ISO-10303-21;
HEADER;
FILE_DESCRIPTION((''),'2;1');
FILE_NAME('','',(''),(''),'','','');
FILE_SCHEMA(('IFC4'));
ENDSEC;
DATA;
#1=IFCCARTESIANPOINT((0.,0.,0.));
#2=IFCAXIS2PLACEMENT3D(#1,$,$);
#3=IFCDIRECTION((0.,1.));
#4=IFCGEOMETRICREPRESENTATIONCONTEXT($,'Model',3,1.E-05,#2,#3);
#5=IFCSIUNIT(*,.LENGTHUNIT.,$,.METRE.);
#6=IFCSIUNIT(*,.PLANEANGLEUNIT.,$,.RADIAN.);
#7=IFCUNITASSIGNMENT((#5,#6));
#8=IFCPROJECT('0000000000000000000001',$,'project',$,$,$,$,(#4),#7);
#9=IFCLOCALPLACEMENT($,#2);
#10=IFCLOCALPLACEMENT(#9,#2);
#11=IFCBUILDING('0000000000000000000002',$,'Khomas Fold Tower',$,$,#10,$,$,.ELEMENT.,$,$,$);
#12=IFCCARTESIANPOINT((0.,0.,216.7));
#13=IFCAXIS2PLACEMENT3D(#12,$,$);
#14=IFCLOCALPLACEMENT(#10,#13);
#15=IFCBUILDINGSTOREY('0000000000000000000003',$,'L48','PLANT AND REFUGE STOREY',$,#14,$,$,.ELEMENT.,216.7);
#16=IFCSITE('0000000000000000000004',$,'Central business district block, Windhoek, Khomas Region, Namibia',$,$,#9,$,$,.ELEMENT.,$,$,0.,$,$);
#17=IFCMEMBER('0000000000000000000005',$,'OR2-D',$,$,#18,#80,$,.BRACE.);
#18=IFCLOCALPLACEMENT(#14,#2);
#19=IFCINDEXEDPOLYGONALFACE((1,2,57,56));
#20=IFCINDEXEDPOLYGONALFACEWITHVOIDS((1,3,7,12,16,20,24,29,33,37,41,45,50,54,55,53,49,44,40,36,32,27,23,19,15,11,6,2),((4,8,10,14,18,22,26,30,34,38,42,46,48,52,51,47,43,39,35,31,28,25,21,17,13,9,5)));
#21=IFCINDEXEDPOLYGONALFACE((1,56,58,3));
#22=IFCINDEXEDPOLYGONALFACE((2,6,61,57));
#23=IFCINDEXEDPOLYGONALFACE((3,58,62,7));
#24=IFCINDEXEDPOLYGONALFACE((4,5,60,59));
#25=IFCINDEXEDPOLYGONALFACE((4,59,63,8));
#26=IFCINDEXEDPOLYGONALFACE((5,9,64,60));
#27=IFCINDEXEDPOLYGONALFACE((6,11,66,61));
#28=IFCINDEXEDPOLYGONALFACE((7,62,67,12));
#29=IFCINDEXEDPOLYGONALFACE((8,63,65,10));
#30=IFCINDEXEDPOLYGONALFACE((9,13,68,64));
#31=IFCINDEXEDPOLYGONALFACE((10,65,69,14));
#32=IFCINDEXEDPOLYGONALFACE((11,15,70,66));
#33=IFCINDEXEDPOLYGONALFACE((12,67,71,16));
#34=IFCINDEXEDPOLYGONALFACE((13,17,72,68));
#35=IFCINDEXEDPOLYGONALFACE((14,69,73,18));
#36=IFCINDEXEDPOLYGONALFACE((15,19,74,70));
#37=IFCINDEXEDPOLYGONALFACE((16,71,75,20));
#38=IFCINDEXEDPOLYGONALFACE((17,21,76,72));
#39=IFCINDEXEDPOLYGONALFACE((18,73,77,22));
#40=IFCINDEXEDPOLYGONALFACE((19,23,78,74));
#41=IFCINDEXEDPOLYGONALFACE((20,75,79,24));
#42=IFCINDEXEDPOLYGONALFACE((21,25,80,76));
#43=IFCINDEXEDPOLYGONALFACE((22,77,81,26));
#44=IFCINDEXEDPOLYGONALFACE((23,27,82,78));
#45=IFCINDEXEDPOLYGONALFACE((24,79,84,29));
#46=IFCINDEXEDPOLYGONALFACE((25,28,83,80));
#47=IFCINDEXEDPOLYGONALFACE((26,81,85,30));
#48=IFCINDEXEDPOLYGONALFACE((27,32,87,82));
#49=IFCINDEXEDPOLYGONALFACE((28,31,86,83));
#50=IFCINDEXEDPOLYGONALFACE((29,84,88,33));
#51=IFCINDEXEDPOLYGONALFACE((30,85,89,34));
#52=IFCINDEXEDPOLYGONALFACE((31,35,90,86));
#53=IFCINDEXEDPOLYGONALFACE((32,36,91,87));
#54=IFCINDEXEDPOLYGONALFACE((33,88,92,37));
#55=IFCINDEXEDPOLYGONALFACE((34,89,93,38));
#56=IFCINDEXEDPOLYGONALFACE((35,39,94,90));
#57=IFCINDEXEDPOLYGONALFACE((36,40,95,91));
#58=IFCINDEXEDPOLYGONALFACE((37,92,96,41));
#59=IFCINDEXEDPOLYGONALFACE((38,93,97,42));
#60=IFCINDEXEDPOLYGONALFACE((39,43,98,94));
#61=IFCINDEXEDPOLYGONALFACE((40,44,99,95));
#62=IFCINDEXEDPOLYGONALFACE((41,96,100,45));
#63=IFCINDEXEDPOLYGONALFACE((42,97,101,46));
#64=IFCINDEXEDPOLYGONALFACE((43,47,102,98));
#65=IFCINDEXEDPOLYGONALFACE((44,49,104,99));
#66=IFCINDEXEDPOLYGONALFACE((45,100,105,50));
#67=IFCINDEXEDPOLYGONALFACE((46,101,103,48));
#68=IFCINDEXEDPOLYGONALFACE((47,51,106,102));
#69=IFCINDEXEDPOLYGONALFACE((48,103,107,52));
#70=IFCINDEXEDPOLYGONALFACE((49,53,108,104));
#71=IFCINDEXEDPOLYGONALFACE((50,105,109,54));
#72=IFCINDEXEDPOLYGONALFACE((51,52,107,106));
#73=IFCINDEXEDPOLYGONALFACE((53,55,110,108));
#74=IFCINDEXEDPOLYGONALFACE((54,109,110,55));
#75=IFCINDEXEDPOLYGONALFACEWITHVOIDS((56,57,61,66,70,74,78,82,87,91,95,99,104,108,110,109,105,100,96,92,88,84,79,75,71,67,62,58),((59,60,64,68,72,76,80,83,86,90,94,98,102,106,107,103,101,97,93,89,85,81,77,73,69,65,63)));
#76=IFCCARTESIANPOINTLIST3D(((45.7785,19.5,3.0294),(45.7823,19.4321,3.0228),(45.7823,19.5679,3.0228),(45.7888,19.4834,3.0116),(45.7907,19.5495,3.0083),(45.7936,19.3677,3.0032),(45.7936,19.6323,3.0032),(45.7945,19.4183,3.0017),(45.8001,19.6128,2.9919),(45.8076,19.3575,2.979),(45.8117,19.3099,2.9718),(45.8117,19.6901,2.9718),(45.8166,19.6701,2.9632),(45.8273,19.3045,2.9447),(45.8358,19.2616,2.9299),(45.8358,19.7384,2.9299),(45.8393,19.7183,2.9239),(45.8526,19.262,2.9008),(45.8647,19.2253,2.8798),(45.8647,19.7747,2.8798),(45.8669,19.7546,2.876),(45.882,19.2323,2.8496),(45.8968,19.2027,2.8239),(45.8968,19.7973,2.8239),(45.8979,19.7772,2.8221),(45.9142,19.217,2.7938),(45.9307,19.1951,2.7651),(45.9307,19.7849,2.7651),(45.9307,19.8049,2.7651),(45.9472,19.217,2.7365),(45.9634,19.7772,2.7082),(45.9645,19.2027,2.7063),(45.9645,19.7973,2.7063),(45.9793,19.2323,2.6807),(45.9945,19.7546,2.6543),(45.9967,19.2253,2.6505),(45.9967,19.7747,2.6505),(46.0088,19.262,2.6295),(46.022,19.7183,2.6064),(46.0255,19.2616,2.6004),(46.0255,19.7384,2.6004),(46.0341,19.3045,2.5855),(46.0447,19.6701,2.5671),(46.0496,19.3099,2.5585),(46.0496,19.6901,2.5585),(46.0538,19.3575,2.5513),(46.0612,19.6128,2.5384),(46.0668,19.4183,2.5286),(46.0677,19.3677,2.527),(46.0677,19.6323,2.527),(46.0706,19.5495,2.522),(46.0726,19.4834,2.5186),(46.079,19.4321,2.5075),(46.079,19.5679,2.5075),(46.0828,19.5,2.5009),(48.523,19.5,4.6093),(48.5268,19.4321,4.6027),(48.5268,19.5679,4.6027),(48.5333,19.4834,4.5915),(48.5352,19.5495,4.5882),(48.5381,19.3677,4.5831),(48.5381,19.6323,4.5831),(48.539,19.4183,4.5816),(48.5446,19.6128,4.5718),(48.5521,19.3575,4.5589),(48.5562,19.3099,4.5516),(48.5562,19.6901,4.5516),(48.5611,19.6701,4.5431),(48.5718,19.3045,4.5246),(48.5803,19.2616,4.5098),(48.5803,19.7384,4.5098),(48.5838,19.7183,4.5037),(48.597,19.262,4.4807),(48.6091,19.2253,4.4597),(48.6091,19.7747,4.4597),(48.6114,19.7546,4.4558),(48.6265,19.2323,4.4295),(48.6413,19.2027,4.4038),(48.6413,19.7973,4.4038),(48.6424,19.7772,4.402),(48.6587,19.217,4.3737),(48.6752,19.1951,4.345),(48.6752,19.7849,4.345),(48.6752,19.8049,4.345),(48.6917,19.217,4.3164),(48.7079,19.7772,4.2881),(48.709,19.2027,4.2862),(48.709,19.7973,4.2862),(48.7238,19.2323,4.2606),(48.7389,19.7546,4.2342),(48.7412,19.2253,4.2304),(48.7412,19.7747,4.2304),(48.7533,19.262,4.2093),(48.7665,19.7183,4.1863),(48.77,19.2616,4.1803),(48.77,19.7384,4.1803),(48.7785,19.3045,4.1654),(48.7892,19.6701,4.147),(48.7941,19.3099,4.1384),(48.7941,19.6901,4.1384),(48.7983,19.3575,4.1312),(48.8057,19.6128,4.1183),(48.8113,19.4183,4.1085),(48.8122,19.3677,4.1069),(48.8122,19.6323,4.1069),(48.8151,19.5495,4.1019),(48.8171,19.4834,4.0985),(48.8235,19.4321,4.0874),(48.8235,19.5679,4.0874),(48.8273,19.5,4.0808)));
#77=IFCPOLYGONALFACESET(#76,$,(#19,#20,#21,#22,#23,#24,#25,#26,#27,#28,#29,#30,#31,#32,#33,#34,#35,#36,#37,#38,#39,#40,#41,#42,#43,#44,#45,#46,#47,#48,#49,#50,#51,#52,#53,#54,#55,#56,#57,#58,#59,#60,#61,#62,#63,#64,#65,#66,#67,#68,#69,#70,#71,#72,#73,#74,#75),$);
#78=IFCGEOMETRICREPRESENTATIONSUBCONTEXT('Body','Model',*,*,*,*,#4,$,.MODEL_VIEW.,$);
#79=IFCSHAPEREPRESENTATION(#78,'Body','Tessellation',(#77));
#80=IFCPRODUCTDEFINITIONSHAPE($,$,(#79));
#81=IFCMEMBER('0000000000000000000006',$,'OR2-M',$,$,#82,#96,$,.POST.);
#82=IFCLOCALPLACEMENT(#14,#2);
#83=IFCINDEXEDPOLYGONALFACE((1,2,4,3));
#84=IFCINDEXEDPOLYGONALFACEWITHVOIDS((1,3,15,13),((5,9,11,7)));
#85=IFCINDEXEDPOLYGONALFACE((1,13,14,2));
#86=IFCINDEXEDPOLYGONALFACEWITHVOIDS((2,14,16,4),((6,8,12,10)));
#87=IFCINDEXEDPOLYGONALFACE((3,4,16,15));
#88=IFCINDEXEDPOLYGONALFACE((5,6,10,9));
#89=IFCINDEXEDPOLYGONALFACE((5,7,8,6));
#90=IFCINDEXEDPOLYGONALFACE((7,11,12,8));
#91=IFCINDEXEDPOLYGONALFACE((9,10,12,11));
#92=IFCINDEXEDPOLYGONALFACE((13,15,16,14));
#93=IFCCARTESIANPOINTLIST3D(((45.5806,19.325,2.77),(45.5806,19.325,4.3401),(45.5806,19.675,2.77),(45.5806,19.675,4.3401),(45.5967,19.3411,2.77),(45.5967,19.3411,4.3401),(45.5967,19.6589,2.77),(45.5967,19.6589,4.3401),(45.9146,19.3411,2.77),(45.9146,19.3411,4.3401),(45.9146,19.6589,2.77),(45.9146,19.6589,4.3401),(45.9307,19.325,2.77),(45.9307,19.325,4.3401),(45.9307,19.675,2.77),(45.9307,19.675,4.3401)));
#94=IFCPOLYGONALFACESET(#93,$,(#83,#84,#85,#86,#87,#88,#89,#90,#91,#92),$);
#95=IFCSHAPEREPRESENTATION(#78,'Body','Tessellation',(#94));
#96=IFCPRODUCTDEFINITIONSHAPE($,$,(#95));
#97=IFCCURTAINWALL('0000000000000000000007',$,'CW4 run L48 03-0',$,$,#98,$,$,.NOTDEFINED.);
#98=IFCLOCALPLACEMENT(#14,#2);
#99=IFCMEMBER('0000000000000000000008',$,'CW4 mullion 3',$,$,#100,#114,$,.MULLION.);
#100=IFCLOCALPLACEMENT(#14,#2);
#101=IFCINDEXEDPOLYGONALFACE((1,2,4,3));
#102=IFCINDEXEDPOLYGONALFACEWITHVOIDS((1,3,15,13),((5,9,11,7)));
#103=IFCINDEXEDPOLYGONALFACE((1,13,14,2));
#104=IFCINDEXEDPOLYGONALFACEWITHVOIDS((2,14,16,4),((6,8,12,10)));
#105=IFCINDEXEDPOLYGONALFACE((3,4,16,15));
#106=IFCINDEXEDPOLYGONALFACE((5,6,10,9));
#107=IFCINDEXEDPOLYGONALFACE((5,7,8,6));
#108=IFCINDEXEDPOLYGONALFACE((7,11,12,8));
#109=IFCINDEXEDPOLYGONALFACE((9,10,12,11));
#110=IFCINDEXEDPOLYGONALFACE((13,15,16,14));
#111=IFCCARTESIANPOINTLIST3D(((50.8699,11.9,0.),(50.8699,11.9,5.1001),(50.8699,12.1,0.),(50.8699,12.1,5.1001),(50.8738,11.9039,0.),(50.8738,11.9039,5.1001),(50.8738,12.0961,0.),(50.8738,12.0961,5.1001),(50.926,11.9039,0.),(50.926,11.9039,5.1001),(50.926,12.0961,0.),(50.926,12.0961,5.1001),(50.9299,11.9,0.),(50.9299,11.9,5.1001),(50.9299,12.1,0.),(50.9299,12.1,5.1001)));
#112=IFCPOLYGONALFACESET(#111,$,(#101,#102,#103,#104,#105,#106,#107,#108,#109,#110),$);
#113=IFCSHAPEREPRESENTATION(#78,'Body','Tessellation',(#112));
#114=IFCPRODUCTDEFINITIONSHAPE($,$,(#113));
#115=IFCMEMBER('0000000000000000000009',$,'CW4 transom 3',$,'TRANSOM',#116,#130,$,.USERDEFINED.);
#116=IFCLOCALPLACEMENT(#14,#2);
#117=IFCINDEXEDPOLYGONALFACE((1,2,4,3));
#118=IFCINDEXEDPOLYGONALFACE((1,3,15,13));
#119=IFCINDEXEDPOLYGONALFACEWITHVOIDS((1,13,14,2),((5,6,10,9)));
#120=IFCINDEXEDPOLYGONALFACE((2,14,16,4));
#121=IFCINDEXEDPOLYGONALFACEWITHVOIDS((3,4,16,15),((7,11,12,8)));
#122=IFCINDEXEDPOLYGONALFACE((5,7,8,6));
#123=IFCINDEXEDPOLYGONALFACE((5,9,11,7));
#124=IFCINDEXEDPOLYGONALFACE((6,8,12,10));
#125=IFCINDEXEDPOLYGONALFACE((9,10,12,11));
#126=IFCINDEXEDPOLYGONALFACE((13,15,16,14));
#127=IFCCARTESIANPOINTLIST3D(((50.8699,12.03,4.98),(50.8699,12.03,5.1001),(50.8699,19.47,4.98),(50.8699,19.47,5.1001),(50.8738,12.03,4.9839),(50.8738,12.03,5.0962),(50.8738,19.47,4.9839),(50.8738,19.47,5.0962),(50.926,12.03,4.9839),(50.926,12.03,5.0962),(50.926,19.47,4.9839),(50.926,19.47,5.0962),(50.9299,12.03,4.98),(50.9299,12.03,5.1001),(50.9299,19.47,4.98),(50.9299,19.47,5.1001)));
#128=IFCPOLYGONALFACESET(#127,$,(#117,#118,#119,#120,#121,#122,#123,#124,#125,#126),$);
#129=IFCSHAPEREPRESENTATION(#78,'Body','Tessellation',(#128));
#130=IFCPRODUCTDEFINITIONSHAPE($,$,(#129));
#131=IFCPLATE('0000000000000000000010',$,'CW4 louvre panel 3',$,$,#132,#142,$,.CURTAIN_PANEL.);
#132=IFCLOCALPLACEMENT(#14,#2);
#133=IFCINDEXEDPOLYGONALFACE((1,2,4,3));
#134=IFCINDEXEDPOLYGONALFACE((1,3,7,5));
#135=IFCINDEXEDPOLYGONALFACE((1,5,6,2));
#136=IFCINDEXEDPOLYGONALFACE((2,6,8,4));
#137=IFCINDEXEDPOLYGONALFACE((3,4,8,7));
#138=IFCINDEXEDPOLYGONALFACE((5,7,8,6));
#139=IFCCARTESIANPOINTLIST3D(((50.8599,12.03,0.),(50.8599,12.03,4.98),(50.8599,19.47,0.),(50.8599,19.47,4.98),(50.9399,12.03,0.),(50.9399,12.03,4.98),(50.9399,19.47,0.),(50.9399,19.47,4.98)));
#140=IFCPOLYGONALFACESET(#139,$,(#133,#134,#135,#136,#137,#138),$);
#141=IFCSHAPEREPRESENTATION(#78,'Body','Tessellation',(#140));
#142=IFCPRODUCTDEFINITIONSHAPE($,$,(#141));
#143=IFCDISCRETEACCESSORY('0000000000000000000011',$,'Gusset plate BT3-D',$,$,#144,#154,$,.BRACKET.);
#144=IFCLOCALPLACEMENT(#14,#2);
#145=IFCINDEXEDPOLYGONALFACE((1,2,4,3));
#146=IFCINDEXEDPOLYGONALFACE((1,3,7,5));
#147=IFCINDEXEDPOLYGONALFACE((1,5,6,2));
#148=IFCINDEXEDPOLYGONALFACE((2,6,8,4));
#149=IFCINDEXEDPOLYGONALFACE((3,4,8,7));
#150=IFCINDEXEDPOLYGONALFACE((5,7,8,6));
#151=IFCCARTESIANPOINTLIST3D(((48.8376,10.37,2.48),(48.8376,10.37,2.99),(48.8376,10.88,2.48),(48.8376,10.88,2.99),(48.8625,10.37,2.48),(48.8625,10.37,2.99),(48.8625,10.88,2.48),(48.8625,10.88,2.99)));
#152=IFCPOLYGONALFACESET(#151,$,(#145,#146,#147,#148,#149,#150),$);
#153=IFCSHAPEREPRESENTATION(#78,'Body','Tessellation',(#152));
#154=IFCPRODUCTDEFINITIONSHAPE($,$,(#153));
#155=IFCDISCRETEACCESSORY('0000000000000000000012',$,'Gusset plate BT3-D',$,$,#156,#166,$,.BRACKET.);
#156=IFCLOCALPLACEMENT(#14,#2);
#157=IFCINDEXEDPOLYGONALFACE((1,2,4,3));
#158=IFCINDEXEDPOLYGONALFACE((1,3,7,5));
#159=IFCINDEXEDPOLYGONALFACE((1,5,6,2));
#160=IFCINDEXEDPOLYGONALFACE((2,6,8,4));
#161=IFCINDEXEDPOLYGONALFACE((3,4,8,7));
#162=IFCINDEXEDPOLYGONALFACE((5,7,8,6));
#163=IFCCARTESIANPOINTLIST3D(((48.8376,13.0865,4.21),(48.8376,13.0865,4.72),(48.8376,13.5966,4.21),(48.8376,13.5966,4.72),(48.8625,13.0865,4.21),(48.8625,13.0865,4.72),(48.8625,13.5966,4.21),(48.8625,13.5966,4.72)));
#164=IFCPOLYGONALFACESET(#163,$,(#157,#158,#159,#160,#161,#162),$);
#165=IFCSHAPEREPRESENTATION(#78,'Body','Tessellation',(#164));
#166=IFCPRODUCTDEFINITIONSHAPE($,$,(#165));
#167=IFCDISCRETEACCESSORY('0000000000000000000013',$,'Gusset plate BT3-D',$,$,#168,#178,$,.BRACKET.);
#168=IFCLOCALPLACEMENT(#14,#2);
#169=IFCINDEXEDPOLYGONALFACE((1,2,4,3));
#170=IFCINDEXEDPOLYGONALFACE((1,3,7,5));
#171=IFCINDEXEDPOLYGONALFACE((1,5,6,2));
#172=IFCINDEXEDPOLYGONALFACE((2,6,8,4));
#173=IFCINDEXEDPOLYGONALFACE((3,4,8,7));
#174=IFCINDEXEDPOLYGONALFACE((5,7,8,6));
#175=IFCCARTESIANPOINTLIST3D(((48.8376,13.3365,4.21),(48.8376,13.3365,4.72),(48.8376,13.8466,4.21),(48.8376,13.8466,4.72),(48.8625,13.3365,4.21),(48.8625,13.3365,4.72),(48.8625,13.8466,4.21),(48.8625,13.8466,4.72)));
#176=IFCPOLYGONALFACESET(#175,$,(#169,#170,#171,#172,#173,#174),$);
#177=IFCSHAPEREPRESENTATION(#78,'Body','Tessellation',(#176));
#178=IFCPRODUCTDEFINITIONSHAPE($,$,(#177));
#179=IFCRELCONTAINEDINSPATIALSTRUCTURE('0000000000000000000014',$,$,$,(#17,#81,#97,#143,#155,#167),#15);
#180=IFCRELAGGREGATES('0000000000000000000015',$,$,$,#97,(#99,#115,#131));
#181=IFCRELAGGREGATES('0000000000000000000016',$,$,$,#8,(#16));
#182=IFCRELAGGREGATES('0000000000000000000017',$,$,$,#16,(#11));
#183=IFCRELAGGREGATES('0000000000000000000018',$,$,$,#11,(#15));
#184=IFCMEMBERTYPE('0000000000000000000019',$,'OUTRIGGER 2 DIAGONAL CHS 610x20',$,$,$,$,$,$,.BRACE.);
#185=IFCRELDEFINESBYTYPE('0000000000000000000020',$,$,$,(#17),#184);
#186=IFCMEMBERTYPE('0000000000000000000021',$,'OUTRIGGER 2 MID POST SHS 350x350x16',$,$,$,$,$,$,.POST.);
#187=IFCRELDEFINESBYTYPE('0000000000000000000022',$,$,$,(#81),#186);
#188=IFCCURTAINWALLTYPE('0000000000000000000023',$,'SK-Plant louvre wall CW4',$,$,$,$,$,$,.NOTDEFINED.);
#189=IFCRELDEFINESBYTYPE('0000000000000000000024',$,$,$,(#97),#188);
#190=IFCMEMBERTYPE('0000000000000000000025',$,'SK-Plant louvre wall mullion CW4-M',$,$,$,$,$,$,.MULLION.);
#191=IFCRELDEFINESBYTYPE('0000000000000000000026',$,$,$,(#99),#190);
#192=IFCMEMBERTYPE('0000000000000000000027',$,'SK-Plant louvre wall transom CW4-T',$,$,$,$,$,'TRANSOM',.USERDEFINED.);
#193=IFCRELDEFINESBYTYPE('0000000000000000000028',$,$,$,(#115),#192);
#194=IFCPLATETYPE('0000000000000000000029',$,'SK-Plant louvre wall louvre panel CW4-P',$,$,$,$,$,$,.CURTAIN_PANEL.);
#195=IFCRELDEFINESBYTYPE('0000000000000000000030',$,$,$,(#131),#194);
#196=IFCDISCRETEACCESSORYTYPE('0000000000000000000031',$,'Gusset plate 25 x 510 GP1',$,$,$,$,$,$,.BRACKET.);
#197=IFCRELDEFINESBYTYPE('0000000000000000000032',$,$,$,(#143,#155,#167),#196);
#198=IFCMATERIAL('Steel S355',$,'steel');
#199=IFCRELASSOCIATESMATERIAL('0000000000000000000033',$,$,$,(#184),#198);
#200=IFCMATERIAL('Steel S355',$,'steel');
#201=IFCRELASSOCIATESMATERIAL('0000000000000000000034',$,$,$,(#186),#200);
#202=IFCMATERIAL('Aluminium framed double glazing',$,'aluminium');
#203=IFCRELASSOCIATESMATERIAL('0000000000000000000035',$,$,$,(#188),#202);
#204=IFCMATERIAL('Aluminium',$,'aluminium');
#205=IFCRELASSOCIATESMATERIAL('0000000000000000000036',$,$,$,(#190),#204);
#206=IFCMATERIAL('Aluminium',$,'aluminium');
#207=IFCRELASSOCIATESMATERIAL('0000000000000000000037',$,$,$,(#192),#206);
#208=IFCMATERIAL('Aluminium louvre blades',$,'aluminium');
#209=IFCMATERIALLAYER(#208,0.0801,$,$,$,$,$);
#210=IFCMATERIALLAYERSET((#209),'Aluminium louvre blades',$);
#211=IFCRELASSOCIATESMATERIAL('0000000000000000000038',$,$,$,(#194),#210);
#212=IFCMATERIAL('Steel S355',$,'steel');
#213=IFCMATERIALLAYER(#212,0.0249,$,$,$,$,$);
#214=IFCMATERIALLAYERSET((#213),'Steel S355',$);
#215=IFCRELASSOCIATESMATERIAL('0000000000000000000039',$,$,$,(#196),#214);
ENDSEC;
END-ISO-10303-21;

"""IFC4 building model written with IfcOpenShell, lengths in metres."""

from ifc_helpers import new_model, si_unit, direction, frame, origin, origin_2d, place, context, subcontext, project, spatial, rectangle, hollow_rectangle, hollow_circle, extrude, source, transform, mapped, material, layer, layer_set, material_profile, profile_set, type_object, element, aggregate, save


model = new_model("IFC4")

# Units and contexts
model_context = context("Model", 3, precision=1e-05, world=origin(), true_north=direction((0.0, 1.0)))
body_context = subcontext(model_context, "Body", "Model", "MODEL_VIEW")
ifc_project = project(units=[si_unit("LENGTHUNIT", "METRE"), si_unit("PLANEANGLEUNIT", "RADIAN")], contexts=[model_context])

# Site, building, storey
site_placement = place(None, origin())
site = spatial("IfcSite", under=ifc_project, at=site_placement, Name="Central business district block, Windhoek, Khomas Region, Namibia", CompositionType="ELEMENT", RefElevation=0.0)
building_placement = place(site_placement, origin())
building = spatial("IfcBuilding", under=site, at=building_placement, Name="Khomas Fold Tower", CompositionType="ELEMENT")
storey_placement = place(building_placement, frame((0.0, 0.0, 216.7)))
storey = spatial("IfcBuildingStorey", under=building, at=storey_placement, Name="L48", Description="PLANT AND REFUGE STOREY", CompositionType="ELEMENT", Elevation=216.7)

# Members
ifc_material_1 = material(Name="Steel S355", Category="steel")
ifc_material_profile_1 = material_profile(ifc_material_1, hollow_circle(Radius=0.3049, WallThickness=0.02, at=origin_2d()), Name="CHS 610x20")
ifc_profile_set_1 = profile_set([ifc_material_profile_1], Name="Steel S355")
member_type_1 = type_object("IfcMemberType", Name="OUTRIGGER 2 DIAGONAL CHS 610x20", PredefinedType="BRACE", material=ifc_profile_set_1)
shared_shape_1 = source(origin(), body_context, "Body", "SweptSolid", [
    extrude(hollow_circle(Radius=0.3049, WallThickness=0.02, at=origin_2d()), origin(), (0.0, 0.0, 1.0), 3.1667),
])
member_1_placement = place(storey_placement, frame((45.9307, 19.5, 2.7651), z_axis=(0.866659, 0.0, 0.498901), x_axis=(0.0, 1.0, 0.0)))
element("IfcMember", 1, at=member_1_placement, inside=storey, type_object=member_type_1, Name="OR2-D", PredefinedType="BRACE", context=body_context, shape_type="MappedRepresentation", body=[
    mapped(shared_shape_1, transform((0.0, 0.0, 0.0))),
])
ifc_material_2 = material(Name="Steel S355", Category="steel")
ifc_material_profile_2 = material_profile(ifc_material_2, hollow_rectangle(XDim=0.3501, YDim=0.3501, WallThickness=0.0161, at=origin_2d()), Name="SHS 350x350x16")
ifc_profile_set_2 = profile_set([ifc_material_profile_2], Name="Steel S355")
member_type_2 = type_object("IfcMemberType", Name="OUTRIGGER 2 MID POST SHS 350x350x16", PredefinedType="POST", material=ifc_profile_set_2)
shared_shape_2 = source(origin(), body_context, "Body", "SweptSolid", [
    extrude(hollow_rectangle(XDim=0.3501, YDim=0.3501, WallThickness=0.0161, at=origin_2d()), origin(), (0.0, 0.0, 1.0), 1.5701),
])
member_2_placement = place(storey_placement, frame((45.7556, 19.5, 2.77), z_axis=(0.0, 0.0, 1.0), x_axis=(1.0, 0.0, 0.0)))
element("IfcMember", 2, at=member_2_placement, inside=storey, type_object=member_type_2, Name="OR2-M", PredefinedType="POST", context=body_context, shape_type="MappedRepresentation", body=[
    mapped(shared_shape_2, transform((0.0, 0.0, 0.0))),
])

# Curtain wall, members, plate
ifc_material_3 = material(Name="Aluminium framed double glazing", Category="aluminium")
curtain_wall_type = type_object("IfcCurtainWallType", Name="SK-Plant louvre wall CW4", PredefinedType="NOTDEFINED", material=ifc_material_3)
curtain_wall_placement = place(storey_placement, origin())
curtain_wall = element("IfcCurtainWall", 3, at=curtain_wall_placement, inside=storey, type_object=curtain_wall_type, Name="CW4 run L48 03-0", PredefinedType="NOTDEFINED")
ifc_material_4 = material(Name="Aluminium", Category="aluminium")
ifc_material_profile_3 = material_profile(ifc_material_4, hollow_rectangle(XDim=0.0601, YDim=0.2, WallThickness=0.0039, at=origin_2d()), Name="SK-Plant louvre wall mullion CW4-M")
ifc_profile_set_3 = profile_set([ifc_material_profile_3], Name="Aluminium")
member_type_3 = type_object("IfcMemberType", Name="SK-Plant louvre wall mullion CW4-M", PredefinedType="MULLION", material=ifc_profile_set_3)
shared_shape_3 = source(origin(), body_context, "Body", "SweptSolid", [
    extrude(hollow_rectangle(XDim=0.0601, YDim=0.2, WallThickness=0.0039, at=origin_2d()), origin(), (0.0, 0.0, 1.0), 5.1001),
])
member_3_placement = place(storey_placement, frame((50.8999, 12.0, 0.0), z_axis=(0.0, 0.0, 1.0), x_axis=(-1.0, 0.0, 0.0)))
member_3 = element("IfcMember", 4, at=member_3_placement, type_object=member_type_3, Name="CW4 mullion 3", PredefinedType="MULLION", context=body_context, shape_type="MappedRepresentation", body=[
    mapped(shared_shape_3, transform((0.0, 0.0, 0.0))),
])
ifc_material_5 = material(Name="Aluminium", Category="aluminium")
ifc_material_profile_4 = material_profile(ifc_material_5, hollow_rectangle(XDim=0.0601, YDim=0.1201, WallThickness=0.0039, at=origin_2d()), Name="SK-Plant louvre wall transom CW4-T")
ifc_profile_set_4 = profile_set([ifc_material_profile_4], Name="Aluminium")
member_type_4 = type_object("IfcMemberType", Name="SK-Plant louvre wall transom CW4-T", ElementType="TRANSOM", PredefinedType="USERDEFINED", material=ifc_profile_set_4)
shared_shape_4 = source(origin(), body_context, "Body", "SweptSolid", [
    extrude(hollow_rectangle(XDim=0.0601, YDim=0.1201, WallThickness=0.0039, at=origin_2d()), origin(), (0.0, 0.0, 1.0), 7.4399),
])
member_4_placement = place(storey_placement, frame((50.8999, 12.03, 5.04), z_axis=(0.0, 1.0, 0.0), x_axis=(-1.0, 0.0, 0.0)))
member_4 = element("IfcMember", 5, at=member_4_placement, type_object=member_type_4, Name="CW4 transom 3", ObjectType="TRANSOM", PredefinedType="USERDEFINED", context=body_context, shape_type="MappedRepresentation", body=[
    mapped(shared_shape_4, transform((0.0, 0.0, 0.0))),
])
ifc_material_6 = material(Name="Aluminium louvre blades", Category="aluminium")
ifc_layer_1 = layer(ifc_material_6, 0.0801)
ifc_layer_set_1 = layer_set([ifc_layer_1], Name="Aluminium louvre blades")
plate_type = type_object("IfcPlateType", Name="SK-Plant louvre wall louvre panel CW4-P", PredefinedType="CURTAIN_PANEL", material=ifc_layer_set_1)
shared_shape_5 = source(origin(), body_context, "Body", "SweptSolid", [
    extrude(rectangle(XDim=7.4399, YDim=0.0801, at=origin_2d()), origin(), (0.0, 0.0, 1.0), 4.98),
])
plate_placement = place(storey_placement, frame((50.8999, 15.75, 0.0), z_axis=(0.0, 0.0, 1.0), x_axis=(0.0, 1.0, 0.0)))
plate = element("IfcPlate", 6, at=plate_placement, type_object=plate_type, Name="CW4 louvre panel 3", PredefinedType="CURTAIN_PANEL", context=body_context, shape_type="MappedRepresentation", body=[
    mapped(shared_shape_5, transform((0.0, 0.0, 0.0))),
])
aggregate(curtain_wall, [member_3, member_4, plate])

# Discrete accessories
ifc_material_7 = material(Name="Steel S355", Category="steel")
ifc_layer_2 = layer(ifc_material_7, 0.0249)
ifc_layer_set_2 = layer_set([ifc_layer_2], Name="Steel S355")
discrete_accessory_type_1 = type_object("IfcDiscreteAccessoryType", Name="Gusset plate 25 x 510 GP1", PredefinedType="BRACKET", material=ifc_layer_set_2)
shared_shape_6 = source(origin(), body_context, "Body", "SweptSolid", [
    extrude(rectangle(XDim=0.51, YDim=0.0249, at=origin_2d()), origin(), (0.0, 0.0, 1.0), 0.51),
])
for number, where, z_axis, x_axis, name in (
    (7, (48.8501, 10.625, 2.48), (0.0, 0.0, 1.0), (0.0, 1.0, 0.0), "Gusset plate BT3-D"),
    (8, (48.8501, 13.3416, 4.21), (0.0, 0.0, 1.0), (0.0, 1.0, 0.0), "Gusset plate BT3-D"),
    (9, (48.8501, 13.5916, 4.21), (0.0, 0.0, 1.0), (0.0, 1.0, 0.0), "Gusset plate BT3-D"),
):
    element("IfcDiscreteAccessory", number, at=place(storey_placement, frame(where, z_axis=z_axis, x_axis=x_axis)), inside=storey, type_object=discrete_accessory_type_1, Name=name, PredefinedType="BRACKET", context=body_context, shape_type="MappedRepresentation", body=[
        mapped(shared_shape_6, transform((0.0, 0.0, 0.0))),
    ])

save(model, "model.ifc")
